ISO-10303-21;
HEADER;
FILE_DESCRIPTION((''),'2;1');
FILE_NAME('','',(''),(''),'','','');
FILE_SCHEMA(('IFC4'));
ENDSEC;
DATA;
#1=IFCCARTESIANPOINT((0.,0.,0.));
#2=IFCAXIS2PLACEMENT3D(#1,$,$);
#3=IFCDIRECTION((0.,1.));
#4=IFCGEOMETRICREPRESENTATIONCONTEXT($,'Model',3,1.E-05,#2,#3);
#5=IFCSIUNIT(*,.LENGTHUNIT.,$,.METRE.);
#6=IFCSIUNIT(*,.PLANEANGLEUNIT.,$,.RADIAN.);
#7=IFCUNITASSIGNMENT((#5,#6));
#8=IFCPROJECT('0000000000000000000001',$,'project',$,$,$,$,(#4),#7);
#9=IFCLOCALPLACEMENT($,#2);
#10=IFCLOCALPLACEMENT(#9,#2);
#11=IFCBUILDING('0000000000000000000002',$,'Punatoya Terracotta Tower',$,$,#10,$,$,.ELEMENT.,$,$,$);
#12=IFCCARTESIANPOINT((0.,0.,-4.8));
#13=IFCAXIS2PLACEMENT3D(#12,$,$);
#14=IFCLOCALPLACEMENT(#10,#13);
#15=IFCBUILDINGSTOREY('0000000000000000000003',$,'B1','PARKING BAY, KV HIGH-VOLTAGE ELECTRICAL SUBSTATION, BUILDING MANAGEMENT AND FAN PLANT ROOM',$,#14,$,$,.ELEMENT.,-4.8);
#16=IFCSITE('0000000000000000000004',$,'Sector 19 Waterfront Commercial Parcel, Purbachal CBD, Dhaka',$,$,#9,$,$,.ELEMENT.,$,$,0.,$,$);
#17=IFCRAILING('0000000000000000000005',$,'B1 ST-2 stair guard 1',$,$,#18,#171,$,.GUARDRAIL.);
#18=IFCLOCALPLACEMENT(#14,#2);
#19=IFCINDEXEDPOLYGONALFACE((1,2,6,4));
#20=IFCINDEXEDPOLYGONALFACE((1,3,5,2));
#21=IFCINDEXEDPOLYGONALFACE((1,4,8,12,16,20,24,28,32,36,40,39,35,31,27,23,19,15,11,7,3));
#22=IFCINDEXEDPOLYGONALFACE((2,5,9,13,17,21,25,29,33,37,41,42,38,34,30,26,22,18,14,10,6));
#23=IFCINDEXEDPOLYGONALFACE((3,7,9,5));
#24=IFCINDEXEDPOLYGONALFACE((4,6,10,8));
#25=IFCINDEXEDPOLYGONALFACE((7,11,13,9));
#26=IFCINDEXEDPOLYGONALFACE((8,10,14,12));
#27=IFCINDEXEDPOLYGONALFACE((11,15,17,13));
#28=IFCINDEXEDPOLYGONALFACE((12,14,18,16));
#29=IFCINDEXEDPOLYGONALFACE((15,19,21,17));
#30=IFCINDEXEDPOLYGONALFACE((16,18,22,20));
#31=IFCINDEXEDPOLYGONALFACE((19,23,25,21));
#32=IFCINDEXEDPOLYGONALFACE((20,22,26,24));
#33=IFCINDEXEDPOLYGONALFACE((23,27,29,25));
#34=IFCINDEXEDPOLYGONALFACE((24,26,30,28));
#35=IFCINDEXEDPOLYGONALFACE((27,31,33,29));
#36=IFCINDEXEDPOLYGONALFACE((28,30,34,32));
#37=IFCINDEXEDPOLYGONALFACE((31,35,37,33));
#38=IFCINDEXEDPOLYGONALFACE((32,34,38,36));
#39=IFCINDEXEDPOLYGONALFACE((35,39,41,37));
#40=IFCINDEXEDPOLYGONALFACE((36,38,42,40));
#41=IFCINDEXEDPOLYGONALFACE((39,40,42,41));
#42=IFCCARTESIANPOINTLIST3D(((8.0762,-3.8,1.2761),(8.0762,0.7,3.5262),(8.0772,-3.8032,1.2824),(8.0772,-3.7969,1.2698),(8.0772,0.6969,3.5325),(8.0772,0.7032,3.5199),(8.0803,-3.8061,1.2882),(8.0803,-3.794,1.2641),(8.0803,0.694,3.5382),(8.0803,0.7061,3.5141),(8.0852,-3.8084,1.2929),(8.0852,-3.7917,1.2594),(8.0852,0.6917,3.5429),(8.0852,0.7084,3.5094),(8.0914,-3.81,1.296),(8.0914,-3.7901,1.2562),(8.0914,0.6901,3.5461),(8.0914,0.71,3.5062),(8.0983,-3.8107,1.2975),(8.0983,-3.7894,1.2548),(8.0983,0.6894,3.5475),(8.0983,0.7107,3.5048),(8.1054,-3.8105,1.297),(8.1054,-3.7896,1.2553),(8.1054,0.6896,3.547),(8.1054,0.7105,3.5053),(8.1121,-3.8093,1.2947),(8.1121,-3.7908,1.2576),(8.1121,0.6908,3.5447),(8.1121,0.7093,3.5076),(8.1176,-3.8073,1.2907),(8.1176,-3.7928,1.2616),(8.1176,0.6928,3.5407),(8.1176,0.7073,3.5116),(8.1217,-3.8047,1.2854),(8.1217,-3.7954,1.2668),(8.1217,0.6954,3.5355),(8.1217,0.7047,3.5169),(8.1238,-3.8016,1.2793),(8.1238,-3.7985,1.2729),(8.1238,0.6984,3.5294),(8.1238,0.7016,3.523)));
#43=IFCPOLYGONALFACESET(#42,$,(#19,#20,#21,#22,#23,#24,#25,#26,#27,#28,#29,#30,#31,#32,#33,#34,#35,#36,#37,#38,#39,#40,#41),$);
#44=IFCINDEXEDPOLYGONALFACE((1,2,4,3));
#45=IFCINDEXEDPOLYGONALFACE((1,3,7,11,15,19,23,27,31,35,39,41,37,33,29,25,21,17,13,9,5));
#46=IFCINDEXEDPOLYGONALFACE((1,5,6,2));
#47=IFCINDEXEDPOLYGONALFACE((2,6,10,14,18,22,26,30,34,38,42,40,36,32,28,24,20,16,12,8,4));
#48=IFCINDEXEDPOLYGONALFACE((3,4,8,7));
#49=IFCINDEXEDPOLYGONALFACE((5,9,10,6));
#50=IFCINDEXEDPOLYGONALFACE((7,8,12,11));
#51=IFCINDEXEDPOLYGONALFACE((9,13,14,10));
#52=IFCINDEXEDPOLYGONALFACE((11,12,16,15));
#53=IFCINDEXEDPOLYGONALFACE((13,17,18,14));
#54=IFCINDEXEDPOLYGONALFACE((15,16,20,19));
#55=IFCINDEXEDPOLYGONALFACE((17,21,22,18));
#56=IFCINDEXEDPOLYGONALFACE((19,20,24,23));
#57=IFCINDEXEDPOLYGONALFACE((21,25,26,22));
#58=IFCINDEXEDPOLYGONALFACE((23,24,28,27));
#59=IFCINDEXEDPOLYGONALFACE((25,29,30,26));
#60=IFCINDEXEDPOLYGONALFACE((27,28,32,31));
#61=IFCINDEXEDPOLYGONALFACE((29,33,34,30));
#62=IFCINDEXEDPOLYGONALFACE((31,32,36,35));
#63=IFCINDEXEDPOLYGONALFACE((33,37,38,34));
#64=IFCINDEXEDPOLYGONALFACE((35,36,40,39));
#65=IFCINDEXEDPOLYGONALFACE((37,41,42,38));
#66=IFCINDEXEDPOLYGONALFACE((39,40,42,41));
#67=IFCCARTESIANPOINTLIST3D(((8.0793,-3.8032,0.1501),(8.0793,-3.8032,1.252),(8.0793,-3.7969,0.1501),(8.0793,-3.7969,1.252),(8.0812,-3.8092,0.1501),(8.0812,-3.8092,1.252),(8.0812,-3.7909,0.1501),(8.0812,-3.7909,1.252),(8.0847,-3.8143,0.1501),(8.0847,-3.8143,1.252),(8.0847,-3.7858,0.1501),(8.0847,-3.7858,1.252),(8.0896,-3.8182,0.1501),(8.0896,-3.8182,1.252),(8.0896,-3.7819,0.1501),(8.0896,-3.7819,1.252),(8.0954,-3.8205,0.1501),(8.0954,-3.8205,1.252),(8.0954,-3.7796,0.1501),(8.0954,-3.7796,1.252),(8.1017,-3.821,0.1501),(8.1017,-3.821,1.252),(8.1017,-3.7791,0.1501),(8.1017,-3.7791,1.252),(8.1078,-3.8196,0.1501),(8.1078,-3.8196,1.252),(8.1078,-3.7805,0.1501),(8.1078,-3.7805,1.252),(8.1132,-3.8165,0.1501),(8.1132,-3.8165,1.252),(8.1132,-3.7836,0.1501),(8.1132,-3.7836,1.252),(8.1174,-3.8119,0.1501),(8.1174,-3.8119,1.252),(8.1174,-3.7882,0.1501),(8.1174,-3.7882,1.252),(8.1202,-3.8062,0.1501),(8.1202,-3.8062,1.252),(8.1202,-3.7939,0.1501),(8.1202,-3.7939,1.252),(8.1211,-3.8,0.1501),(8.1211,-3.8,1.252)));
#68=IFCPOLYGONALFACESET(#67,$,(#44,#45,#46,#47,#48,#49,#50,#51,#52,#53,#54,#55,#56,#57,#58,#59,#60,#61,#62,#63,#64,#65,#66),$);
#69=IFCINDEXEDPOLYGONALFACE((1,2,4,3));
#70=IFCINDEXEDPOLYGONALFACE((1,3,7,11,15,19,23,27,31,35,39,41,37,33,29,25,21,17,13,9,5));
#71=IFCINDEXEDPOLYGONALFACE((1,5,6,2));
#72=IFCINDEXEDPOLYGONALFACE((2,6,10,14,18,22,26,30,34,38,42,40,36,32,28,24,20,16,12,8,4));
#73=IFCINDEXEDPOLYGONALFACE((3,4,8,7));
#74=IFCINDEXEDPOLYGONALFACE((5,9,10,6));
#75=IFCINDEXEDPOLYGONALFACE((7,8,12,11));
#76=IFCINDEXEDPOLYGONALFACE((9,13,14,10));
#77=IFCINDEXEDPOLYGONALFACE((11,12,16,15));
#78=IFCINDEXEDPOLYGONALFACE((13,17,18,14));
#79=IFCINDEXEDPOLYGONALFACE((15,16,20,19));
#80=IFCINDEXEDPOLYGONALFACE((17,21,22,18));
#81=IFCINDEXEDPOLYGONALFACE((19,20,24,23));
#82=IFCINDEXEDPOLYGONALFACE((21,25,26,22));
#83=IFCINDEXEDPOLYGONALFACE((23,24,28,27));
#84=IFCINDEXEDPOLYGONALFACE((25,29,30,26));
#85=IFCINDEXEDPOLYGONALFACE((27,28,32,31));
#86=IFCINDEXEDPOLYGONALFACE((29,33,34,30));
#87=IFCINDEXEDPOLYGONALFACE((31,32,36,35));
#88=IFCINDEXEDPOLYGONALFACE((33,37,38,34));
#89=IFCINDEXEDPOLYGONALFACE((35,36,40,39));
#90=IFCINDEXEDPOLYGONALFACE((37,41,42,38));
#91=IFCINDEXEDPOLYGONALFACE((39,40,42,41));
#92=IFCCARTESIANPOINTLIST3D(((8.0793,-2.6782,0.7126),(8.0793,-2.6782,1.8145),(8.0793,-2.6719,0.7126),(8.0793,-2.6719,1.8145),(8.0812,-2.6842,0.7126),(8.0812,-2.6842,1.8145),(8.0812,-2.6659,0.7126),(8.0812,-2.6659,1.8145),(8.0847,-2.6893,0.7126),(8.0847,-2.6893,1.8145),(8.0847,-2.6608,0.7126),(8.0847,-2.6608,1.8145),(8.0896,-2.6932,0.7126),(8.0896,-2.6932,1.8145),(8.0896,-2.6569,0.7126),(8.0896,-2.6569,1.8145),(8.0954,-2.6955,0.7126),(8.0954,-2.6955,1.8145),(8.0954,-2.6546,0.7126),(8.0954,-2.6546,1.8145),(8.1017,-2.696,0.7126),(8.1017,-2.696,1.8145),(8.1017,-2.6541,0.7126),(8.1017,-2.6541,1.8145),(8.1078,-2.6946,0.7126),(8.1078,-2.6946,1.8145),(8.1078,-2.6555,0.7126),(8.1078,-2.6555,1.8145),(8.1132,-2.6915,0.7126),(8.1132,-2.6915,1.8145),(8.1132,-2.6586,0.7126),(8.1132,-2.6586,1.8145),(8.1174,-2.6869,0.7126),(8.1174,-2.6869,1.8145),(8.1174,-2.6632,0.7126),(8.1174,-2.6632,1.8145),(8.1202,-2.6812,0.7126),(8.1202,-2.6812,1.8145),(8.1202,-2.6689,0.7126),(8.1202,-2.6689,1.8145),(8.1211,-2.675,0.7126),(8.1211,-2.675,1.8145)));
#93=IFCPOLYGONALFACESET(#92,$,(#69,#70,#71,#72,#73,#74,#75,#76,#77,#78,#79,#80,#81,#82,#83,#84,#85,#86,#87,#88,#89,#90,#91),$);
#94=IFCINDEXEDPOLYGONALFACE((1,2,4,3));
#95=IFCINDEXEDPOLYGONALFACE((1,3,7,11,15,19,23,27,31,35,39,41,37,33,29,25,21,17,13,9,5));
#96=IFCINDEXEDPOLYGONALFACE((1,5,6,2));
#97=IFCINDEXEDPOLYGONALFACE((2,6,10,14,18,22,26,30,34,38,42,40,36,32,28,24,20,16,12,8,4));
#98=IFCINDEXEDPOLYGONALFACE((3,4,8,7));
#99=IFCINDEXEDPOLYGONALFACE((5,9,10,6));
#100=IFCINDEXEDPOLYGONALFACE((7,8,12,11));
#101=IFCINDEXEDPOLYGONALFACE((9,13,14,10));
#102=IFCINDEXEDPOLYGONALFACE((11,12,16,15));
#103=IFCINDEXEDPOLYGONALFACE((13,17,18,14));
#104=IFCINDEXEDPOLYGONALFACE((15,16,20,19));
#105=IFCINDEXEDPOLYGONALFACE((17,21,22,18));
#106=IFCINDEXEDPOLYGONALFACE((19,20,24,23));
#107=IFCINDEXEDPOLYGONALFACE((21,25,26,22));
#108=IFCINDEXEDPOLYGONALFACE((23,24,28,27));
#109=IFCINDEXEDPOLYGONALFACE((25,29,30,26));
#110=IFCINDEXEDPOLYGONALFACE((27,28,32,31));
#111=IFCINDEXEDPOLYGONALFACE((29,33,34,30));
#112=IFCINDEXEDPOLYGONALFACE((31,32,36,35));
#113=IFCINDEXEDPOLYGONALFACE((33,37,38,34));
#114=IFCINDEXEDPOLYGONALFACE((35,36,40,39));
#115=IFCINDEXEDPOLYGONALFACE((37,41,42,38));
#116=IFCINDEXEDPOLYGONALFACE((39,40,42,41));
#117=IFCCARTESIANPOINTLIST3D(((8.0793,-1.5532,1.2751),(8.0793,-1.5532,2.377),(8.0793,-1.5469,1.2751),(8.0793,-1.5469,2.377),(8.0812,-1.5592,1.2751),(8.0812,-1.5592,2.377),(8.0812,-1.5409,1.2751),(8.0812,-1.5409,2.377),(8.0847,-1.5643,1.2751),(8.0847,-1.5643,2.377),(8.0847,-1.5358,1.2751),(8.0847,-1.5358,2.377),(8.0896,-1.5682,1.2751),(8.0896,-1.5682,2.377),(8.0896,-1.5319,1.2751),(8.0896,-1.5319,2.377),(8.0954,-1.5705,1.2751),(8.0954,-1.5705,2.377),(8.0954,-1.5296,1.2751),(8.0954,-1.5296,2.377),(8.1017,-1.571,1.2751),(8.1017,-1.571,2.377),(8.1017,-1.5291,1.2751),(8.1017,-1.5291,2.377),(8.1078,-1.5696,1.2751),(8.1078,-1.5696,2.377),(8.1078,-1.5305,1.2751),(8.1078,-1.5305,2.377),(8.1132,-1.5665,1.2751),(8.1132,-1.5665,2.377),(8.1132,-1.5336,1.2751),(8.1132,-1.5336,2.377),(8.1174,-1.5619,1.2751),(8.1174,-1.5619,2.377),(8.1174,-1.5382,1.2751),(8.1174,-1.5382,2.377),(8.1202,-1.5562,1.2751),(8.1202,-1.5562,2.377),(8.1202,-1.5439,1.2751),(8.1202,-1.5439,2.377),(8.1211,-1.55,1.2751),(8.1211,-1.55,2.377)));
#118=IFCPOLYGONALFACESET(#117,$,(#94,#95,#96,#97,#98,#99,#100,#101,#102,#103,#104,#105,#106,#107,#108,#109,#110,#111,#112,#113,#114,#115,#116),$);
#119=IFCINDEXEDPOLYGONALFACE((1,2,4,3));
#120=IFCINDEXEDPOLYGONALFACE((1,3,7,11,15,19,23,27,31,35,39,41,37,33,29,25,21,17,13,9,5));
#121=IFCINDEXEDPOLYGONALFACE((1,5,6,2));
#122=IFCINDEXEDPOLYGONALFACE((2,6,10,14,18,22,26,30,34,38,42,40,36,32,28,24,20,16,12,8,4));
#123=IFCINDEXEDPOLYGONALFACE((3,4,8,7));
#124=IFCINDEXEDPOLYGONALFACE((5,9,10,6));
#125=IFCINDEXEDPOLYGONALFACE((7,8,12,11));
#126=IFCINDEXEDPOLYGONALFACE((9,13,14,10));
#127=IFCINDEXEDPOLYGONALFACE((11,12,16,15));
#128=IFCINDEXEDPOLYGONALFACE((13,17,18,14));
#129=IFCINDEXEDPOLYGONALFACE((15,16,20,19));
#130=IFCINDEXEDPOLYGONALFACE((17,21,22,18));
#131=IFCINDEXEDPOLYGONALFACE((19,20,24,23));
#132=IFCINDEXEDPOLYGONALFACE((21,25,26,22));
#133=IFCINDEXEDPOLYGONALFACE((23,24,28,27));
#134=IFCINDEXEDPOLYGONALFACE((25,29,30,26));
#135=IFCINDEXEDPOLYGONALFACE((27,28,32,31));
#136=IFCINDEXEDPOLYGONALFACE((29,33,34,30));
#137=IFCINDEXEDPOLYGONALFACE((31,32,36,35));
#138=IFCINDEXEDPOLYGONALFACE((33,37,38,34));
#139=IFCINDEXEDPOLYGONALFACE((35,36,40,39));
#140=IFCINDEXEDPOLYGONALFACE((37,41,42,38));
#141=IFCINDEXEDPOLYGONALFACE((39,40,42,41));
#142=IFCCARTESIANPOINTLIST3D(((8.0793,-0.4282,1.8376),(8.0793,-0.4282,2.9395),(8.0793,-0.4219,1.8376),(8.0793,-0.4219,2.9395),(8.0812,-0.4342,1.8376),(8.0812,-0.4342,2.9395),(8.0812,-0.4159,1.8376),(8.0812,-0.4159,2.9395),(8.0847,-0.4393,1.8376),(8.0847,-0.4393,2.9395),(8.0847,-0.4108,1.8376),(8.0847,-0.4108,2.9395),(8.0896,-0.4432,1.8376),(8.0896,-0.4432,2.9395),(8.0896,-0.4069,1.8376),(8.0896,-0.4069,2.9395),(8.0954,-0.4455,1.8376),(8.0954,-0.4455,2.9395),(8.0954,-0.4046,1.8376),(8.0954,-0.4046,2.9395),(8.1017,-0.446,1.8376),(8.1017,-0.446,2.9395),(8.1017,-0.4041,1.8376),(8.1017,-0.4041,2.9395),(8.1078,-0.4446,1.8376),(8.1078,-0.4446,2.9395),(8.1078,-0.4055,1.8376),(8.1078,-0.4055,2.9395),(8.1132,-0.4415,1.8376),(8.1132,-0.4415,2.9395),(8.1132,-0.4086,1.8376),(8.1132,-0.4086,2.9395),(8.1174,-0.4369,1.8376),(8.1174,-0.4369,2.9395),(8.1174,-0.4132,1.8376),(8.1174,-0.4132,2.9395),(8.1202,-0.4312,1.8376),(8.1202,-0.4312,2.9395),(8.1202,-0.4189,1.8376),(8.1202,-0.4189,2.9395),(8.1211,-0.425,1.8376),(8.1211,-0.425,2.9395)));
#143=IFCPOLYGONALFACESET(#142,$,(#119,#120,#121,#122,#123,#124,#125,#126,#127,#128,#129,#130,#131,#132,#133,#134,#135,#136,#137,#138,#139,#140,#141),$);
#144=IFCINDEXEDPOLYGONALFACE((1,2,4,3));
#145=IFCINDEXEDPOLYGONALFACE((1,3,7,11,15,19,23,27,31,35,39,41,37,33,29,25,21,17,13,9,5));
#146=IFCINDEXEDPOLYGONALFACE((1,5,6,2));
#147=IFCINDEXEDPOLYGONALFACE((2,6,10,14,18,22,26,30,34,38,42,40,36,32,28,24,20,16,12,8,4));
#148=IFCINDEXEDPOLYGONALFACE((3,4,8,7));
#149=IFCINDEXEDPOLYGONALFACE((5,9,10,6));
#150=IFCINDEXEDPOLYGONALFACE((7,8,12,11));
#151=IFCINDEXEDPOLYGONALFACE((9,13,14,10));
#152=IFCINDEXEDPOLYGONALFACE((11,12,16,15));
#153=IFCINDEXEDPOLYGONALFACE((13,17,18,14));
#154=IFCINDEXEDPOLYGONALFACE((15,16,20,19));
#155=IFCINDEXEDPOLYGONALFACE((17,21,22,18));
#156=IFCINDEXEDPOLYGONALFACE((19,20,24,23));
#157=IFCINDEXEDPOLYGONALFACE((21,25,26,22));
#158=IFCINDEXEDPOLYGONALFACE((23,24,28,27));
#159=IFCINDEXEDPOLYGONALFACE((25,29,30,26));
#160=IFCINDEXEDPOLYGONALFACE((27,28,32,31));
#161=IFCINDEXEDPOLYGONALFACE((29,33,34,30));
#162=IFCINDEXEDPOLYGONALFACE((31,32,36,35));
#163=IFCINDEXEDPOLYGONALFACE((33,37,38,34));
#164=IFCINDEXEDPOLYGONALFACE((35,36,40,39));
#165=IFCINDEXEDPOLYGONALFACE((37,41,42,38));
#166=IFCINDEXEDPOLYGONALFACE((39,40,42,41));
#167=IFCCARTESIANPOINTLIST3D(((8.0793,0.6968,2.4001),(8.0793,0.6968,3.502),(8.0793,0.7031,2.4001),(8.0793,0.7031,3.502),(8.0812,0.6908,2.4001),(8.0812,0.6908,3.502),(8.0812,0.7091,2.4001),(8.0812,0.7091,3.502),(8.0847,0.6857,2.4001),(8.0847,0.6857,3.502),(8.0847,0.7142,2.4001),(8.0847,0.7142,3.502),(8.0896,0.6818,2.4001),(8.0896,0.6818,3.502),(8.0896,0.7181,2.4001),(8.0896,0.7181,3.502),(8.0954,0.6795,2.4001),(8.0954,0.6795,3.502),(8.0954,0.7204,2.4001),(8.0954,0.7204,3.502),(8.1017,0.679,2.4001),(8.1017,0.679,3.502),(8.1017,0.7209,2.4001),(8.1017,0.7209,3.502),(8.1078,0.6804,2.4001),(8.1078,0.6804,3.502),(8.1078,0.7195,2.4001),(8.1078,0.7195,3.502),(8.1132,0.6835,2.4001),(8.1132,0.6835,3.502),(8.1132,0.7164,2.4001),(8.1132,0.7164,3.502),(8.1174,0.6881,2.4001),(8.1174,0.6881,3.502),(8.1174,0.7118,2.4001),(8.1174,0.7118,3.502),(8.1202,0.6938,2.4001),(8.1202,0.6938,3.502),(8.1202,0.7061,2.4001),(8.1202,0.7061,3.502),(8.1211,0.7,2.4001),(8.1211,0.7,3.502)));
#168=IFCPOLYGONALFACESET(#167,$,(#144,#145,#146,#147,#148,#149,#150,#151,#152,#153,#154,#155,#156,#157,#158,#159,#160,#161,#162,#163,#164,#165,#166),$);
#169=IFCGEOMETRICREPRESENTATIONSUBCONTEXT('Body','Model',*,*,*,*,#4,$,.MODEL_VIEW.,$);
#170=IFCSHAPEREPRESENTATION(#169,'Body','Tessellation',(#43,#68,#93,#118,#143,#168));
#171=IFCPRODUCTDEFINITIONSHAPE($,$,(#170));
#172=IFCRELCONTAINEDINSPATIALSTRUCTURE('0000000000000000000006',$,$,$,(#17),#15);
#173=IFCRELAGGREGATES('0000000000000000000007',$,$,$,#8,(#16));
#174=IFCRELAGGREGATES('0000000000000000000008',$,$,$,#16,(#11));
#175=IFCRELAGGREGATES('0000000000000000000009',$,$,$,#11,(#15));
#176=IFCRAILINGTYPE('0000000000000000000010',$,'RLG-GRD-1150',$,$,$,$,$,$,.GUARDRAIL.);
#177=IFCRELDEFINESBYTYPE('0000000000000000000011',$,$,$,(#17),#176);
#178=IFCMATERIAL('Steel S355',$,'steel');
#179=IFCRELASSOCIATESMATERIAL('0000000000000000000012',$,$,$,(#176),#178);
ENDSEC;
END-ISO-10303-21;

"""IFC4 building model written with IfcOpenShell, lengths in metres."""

from ifc_helpers import new_model, si_unit, direction, frame, origin, origin_2d, place, context, subcontext, project, spatial, circle, extrude, material, type_object, element, save


model = new_model("IFC4")

# Units and contexts
model_context = context("Model", 3, precision=1e-05, world=origin(), true_north=direction((0.0, 1.0)))
body_context = subcontext(model_context, "Body", "Model", "MODEL_VIEW")
ifc_project = project(units=[si_unit("LENGTHUNIT", "METRE"), si_unit("PLANEANGLEUNIT", "RADIAN")], contexts=[model_context])

# Site, building, storey
site_placement = place(None, origin())
site = spatial("IfcSite", under=ifc_project, at=site_placement, Name="Sector 19 Waterfront Commercial Parcel, Purbachal CBD, Dhaka", CompositionType="ELEMENT", RefElevation=0.0)
building_placement = place(site_placement, origin())
building = spatial("IfcBuilding", under=site, at=building_placement, Name="Punatoya Terracotta Tower", CompositionType="ELEMENT")
storey_placement = place(building_placement, frame((0.0, 0.0, -4.8)))
storey = spatial("IfcBuildingStorey", under=building, at=storey_placement, Name="B1", Description="PARKING BAY, KV HIGH-VOLTAGE ELECTRICAL SUBSTATION, BUILDING MANAGEMENT AND FAN PLANT ROOM", CompositionType="ELEMENT", Elevation=-4.8)

# Shared definitions
ifc_material_1 = material(Name="Steel S355", Category="steel")

# Railing
railing_type_1 = type_object("IfcRailingType", Name="RLG-GRD-1150", PredefinedType="GUARDRAIL", material=ifc_material_1)
railing_1_placement = place(storey_placement, frame((8.1001, -3.8, 0.1501)))
element("IfcRailing", 1, at=railing_1_placement, inside=storey, type_object=railing_type_1, Name="B1 ST-2 stair guard 1", PredefinedType="GUARDRAIL", context=body_context, shape_type="SweptSolid", body=[
    extrude(circle(Radius=0.0239, at=origin_2d()), frame((0.0, 0.0, 1.126), z_axis=(0.0, 0.894427, 0.447214), x_axis=(-1.0, 0.0, 0.0)), (0.0, 0.0, 1.0), 5.0312),
    extrude(circle(Radius=0.021, at=origin_2d()), origin(), (0.0, 0.0, 1.0), 1.1018),
    extrude(circle(Radius=0.021, at=origin_2d()), frame((0.0, 1.125, 0.5625)), (0.0, 0.0, 1.0), 1.1018),
    extrude(circle(Radius=0.021, at=origin_2d()), frame((0.0, 2.25, 1.125)), (0.0, 0.0, 1.0), 1.1018),
    extrude(circle(Radius=0.021, at=origin_2d()), frame((0.0, 3.375, 1.6875)), (0.0, 0.0, 1.0), 1.1018),
    extrude(circle(Radius=0.021, at=origin_2d()), frame((0.0, 4.5, 2.25)), (0.0, 0.0, 1.0), 1.1018),
])

save(model, "model.ifc")
